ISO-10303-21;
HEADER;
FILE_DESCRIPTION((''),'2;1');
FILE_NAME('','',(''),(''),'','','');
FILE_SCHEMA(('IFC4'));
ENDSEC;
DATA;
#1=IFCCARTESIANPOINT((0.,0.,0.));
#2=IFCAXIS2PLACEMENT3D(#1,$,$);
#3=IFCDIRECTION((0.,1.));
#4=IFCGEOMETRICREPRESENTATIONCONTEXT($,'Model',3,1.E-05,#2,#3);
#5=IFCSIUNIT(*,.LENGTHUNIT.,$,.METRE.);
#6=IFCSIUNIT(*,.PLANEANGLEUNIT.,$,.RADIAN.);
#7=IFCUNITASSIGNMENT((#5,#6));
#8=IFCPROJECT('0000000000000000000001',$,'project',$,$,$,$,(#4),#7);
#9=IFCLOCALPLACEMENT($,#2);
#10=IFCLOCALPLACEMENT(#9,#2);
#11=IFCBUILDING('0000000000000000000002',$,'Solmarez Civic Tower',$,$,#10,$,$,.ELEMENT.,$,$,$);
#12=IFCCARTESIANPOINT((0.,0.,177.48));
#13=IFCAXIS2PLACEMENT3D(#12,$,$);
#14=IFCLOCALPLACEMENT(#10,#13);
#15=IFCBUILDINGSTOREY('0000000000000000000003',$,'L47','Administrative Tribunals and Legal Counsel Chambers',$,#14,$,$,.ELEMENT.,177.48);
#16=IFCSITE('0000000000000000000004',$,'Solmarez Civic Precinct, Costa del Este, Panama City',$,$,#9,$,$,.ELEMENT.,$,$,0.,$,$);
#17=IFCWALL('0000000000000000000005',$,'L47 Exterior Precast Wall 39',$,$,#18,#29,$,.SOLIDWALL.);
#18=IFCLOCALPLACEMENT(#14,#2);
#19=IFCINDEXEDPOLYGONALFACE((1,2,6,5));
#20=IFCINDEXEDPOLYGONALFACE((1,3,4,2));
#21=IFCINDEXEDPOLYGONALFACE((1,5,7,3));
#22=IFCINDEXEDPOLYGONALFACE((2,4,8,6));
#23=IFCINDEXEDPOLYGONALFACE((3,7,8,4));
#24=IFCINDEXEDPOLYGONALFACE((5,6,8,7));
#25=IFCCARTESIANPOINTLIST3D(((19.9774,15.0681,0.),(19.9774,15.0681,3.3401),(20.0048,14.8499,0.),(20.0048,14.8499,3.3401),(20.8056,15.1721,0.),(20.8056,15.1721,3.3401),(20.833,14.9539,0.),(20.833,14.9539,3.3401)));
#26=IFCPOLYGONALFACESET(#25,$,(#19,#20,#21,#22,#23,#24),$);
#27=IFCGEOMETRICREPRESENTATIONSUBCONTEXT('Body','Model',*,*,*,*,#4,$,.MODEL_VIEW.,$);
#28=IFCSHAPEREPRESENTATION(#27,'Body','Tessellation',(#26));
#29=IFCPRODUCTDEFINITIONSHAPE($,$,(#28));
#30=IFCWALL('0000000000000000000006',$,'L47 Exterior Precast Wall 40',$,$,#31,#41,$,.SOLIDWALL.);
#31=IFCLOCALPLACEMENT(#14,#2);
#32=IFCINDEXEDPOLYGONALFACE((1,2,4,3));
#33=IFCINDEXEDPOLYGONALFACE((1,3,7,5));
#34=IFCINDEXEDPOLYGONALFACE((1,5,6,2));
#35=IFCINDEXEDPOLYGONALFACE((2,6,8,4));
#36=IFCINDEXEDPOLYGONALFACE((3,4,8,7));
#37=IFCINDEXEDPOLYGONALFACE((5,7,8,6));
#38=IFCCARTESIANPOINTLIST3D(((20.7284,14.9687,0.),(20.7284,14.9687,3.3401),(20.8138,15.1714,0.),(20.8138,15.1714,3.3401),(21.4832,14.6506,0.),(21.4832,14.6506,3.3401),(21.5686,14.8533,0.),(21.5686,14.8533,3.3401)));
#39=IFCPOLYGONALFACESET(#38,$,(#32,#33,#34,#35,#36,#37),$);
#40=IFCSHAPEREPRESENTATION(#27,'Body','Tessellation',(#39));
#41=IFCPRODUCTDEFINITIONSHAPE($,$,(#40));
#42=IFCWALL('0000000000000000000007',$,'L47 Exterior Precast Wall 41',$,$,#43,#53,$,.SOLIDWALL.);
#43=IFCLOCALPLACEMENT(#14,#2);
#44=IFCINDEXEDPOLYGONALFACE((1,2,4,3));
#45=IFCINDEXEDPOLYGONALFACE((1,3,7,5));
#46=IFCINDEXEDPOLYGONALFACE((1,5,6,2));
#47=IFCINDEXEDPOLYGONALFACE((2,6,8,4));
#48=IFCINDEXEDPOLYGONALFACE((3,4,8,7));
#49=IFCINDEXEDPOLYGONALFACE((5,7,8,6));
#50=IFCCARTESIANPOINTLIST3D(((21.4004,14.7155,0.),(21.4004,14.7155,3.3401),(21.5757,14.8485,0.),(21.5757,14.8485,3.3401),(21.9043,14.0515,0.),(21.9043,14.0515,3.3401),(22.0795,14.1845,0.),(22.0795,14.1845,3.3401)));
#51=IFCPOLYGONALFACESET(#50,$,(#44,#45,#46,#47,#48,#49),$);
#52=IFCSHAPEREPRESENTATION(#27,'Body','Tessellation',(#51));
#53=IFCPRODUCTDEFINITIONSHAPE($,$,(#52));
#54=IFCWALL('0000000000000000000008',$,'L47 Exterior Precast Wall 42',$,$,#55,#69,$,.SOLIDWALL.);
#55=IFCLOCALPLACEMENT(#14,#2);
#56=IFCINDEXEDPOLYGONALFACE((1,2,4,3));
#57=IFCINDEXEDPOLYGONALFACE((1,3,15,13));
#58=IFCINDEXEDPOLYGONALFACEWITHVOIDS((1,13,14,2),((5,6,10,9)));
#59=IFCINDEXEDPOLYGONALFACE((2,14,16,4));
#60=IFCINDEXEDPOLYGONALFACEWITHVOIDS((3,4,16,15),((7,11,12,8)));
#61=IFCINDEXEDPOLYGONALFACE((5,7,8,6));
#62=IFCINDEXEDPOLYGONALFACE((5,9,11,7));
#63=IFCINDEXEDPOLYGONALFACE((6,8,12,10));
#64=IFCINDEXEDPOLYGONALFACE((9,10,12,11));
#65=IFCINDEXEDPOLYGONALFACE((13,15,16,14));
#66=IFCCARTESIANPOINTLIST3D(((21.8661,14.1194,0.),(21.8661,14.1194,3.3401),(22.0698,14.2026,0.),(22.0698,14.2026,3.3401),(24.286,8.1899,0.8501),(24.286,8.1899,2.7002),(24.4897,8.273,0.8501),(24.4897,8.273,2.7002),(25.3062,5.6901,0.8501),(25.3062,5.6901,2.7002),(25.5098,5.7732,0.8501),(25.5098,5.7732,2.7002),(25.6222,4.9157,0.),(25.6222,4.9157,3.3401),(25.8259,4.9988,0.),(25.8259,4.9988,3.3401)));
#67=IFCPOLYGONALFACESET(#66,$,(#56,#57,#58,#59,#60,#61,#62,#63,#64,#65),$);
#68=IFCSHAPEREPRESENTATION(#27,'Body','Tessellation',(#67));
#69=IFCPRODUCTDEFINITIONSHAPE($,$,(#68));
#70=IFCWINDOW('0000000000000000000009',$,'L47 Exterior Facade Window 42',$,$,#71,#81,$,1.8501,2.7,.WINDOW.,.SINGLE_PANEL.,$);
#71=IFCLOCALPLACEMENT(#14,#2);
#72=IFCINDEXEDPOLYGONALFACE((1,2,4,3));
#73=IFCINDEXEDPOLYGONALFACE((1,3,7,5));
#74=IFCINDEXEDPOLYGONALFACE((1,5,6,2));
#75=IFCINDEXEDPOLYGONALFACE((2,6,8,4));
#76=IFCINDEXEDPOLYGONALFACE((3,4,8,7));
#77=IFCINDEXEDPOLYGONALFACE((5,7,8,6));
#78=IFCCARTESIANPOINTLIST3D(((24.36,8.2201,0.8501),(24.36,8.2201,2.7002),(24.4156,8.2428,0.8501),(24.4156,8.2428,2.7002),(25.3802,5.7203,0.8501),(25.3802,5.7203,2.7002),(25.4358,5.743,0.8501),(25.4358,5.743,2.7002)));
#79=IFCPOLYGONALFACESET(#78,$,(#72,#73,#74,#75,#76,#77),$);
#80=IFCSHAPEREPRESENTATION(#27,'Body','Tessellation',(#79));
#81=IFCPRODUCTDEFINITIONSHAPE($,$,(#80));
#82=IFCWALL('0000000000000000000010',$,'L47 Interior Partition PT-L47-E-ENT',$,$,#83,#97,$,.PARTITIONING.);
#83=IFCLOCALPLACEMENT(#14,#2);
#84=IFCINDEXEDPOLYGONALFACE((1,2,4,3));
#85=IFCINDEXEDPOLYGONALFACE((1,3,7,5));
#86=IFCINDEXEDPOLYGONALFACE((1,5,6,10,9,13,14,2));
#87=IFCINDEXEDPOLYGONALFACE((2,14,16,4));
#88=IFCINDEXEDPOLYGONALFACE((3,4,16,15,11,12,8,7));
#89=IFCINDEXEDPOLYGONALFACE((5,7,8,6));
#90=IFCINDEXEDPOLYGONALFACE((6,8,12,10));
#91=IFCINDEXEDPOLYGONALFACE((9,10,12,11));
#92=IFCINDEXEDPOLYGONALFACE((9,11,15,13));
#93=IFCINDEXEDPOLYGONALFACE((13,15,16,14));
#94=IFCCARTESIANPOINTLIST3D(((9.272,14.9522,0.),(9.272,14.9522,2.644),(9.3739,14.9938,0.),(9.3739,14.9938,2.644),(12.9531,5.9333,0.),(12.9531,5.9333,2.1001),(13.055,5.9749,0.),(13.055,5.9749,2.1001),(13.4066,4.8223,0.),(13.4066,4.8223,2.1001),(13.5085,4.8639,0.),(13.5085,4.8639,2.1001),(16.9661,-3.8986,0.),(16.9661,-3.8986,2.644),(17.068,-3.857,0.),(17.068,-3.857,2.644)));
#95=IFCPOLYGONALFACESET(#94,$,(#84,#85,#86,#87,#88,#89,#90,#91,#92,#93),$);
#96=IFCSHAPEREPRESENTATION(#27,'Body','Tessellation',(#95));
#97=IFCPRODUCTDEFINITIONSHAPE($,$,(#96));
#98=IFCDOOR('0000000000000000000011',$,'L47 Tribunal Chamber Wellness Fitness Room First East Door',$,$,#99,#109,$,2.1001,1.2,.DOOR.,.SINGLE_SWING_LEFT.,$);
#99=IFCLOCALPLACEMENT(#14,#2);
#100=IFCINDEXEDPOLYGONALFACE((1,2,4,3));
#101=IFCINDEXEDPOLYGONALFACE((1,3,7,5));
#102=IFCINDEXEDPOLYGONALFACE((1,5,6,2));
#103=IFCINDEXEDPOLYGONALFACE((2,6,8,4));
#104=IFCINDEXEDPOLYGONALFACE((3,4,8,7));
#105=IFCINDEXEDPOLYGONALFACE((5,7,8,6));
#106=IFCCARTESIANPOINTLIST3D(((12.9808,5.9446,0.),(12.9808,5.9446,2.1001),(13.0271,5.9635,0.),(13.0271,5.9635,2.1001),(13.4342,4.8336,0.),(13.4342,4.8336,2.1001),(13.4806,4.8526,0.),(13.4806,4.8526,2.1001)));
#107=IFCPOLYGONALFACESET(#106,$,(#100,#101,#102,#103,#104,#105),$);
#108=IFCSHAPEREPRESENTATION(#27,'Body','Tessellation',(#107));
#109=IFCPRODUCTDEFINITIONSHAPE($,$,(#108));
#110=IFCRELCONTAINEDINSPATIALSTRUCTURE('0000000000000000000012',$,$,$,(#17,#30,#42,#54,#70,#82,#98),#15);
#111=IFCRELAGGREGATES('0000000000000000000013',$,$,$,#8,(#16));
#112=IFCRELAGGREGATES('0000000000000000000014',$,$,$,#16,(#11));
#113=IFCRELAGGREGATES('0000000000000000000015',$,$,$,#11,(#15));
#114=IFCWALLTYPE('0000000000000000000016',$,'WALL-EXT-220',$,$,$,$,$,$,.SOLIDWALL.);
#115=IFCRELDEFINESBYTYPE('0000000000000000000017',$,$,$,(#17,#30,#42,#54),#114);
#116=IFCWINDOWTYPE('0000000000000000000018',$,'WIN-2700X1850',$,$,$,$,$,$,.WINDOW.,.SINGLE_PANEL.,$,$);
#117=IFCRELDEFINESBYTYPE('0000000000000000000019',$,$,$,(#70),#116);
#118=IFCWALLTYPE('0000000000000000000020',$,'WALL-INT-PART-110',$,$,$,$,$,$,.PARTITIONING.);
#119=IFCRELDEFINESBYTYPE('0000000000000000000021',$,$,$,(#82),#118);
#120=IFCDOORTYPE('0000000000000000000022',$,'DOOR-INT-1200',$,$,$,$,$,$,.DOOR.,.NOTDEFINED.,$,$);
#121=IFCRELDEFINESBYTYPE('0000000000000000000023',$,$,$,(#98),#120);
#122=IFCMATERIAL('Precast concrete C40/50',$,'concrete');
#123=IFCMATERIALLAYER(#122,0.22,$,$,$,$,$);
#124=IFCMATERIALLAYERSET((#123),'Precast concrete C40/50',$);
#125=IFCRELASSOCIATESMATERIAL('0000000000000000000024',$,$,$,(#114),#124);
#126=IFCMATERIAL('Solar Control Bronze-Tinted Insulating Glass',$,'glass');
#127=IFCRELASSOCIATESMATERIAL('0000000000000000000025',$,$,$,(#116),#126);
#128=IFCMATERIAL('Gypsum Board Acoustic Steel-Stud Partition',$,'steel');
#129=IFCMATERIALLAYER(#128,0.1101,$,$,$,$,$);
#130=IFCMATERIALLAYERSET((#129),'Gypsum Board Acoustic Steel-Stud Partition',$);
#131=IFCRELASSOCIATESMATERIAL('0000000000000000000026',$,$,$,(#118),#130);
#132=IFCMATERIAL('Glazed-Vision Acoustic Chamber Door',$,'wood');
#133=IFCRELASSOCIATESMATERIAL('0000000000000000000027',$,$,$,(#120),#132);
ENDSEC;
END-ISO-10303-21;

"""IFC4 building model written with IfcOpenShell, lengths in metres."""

from ifc_helpers import new_model, si_unit, direction, frame, frame_2d, origin, place, context, subcontext, project, spatial, rectangle, extrude, material, layer, layer_set, type_object, element, fill, save


model = new_model("IFC4")

# Units and contexts
model_context = context("Model", 3, precision=1e-05, world=origin(), true_north=direction((0.0, 1.0)))
body_context = subcontext(model_context, "Body", "Model", "MODEL_VIEW")
ifc_project = project(units=[si_unit("LENGTHUNIT", "METRE"), si_unit("PLANEANGLEUNIT", "RADIAN")], contexts=[model_context])

# Site, building, storey
site_placement = place(None, origin())
site = spatial("IfcSite", under=ifc_project, at=site_placement, Name="Solmarez Civic Precinct, Costa del Este, Panama City", CompositionType="ELEMENT", RefElevation=0.0)
building_placement = place(site_placement, origin())
building = spatial("IfcBuilding", under=site, at=building_placement, Name="Solmarez Civic Tower", CompositionType="ELEMENT")
storey_placement = place(building_placement, frame((0.0, 0.0, 177.48)))
storey = spatial("IfcBuildingStorey", under=building, at=storey_placement, Name="L47", Description="Administrative Tribunals and Legal Counsel Chambers", CompositionType="ELEMENT", Elevation=177.48)

# Shared definitions
ifc_material_1 = material(Name="Precast concrete C40/50", Category="concrete")
ifc_layer_1 = layer(ifc_material_1, 0.22)
ifc_layer_set_1 = layer_set([ifc_layer_1], Name="Precast concrete C40/50")
wall_type_1 = type_object("IfcWallType", Name="WALL-EXT-220", PredefinedType="SOLIDWALL", material=ifc_layer_set_1)

# Walls
wall_1_placement = place(storey_placement, frame((19.991, 14.959, 0.0), z_axis=(0.0, 0.0, 1.0), x_axis=(0.992206, 0.124611, 0.0)))
element("IfcWall", 1, at=wall_1_placement, inside=storey, type_object=wall_type_1, Name="L47 Exterior Precast Wall 39", PredefinedType="SOLIDWALL", context=body_context, shape_type="SweptSolid", body=[
    extrude(rectangle(XDim=0.8347, YDim=0.22, at=frame_2d((0.4175, 0.0))), origin(), (0.0, 0.0, 1.0), 3.3401),
])
wall_2_placement = place(storey_placement, frame((20.771, 15.0701, 0.0), z_axis=(0.0, 0.0, 1.0), x_axis=(0.921518, -0.388337, 0.0)))
element("IfcWall", 2, at=wall_2_placement, inside=storey, type_object=wall_type_1, Name="L47 Exterior Precast Wall 40", PredefinedType="SOLIDWALL", context=body_context, shape_type="SweptSolid", body=[
    extrude(rectangle(XDim=0.8191, YDim=0.22, at=frame_2d((0.4097, 0.0))), origin(), (0.0, 0.0, 1.0), 3.3401),
])
wall_3_placement = place(storey_placement, frame((21.488, 14.782, 0.0), z_axis=(0.0, 0.0, 1.0), x_axis=(0.604489, -0.796613, 0.0)))
element("IfcWall", 3, at=wall_3_placement, inside=storey, type_object=wall_type_1, Name="L47 Exterior Precast Wall 41", PredefinedType="SOLIDWALL", context=body_context, shape_type="SweptSolid", body=[
    extrude(rectangle(XDim=0.8335, YDim=0.22, at=frame_2d((0.4167, 0.0))), origin(), (0.0, 0.0, 1.0), 3.3401),
])

# Wall, opening, window
wall_4_placement = place(storey_placement, frame((21.968, 14.1609, 0.0), z_axis=(0.0, 0.0, 1.0), x_axis=(0.377848, -0.925868, 0.0)))
wall_4 = element("IfcWall", 4, at=wall_4_placement, inside=storey, type_object=wall_type_1, Name="L47 Exterior Precast Wall 42", PredefinedType="SOLIDWALL", context=body_context, shape_type="SweptSolid", body=[
    extrude(rectangle(XDim=9.9407, YDim=0.22, at=frame_2d((4.9702, 0.0))), origin(), (0.0, 0.0, 1.0), 3.3401),
])
opening_1_placement = place(wall_4_placement, frame((6.4041, 0.0, 0.8501)))
opening_1 = element("IfcOpeningElement", 5, at=opening_1_placement, cuts=wall_4, PredefinedType="OPENING", context=body_context, shape_type="SweptSolid", body=[
    extrude(rectangle(XDim=2.7, YDim=1.8501, at=frame_2d((1.3501, 0.925))), frame((0.0, 0.1199, 0.0), z_axis=(0.0, -1.0, 0.0), x_axis=(1.0, 0.0, 0.0)), (0.0, 0.0, 1.0), 0.24),
])
ifc_material_2 = material(Name="Solar Control Bronze-Tinted Insulating Glass", Category="glass")
window_type = type_object("IfcWindowType", Name="WIN-2700X1850", PartitioningType="SINGLE_PANEL", PredefinedType="WINDOW", material=ifc_material_2)
window_placement = place(opening_1_placement, origin())
window = element("IfcWindow", 6, at=window_placement, inside=storey, type_object=window_type, Name="L47 Exterior Facade Window 42", OverallHeight=1.8501, OverallWidth=2.7, PartitioningType="SINGLE_PANEL", PredefinedType="WINDOW", context=body_context, shape_type="SweptSolid", body=[
    extrude(rectangle(XDim=2.7, YDim=1.8501, at=frame_2d((1.3501, 0.925))), frame((0.0, 0.03, 0.0), z_axis=(0.0, -1.0, 0.0), x_axis=(1.0, 0.0, 0.0)), (0.0, 0.0, 1.0), 0.0601),
])
fill(opening_1, window)

# Wall, opening, door
ifc_material_3 = material(Name="Gypsum Board Acoustic Steel-Stud Partition", Category="steel")
ifc_layer_2 = layer(ifc_material_3, 0.1101)
ifc_layer_set_2 = layer_set([ifc_layer_2], Name="Gypsum Board Acoustic Steel-Stud Partition")
wall_type_2 = type_object("IfcWallType", Name="WALL-INT-PART-110", PredefinedType="PARTITIONING", material=ifc_layer_set_2)
wall_5_placement = place(storey_placement, frame((9.323, 14.9729, 0.0), z_axis=(0.0, 0.0, 1.0), x_axis=(0.377892, -0.92585, 0.0)))
wall_5 = element("IfcWall", 7, at=wall_5_placement, inside=storey, type_object=wall_type_2, Name="L47 Interior Partition PT-L47-E-ENT", PredefinedType="PARTITIONING", context=body_context, shape_type="SweptSolid", body=[
    extrude(rectangle(XDim=20.3606, YDim=0.1101, at=frame_2d((10.1802, 0.0))), origin(), (0.0, 0.0, 1.0), 2.644),
])
opening_2_placement = place(wall_5_placement, frame((9.741, 0.0, 0.0)))
opening_2 = element("IfcOpeningElement", 8, at=opening_2_placement, cuts=wall_5, PredefinedType="OPENING", context=body_context, shape_type="SweptSolid", body=[
    extrude(rectangle(XDim=1.2, YDim=2.1001, at=frame_2d((0.6001, 1.05))), frame((0.0, 0.0649, 0.0), z_axis=(0.0, -1.0, 0.0), x_axis=(1.0, 0.0, 0.0)), (0.0, 0.0, 1.0), 0.1301),
])
ifc_material_4 = material(Name="Glazed-Vision Acoustic Chamber Door", Category="wood")
door_type_1 = type_object("IfcDoorType", Name="DOOR-INT-1200", OperationType="NOTDEFINED", PredefinedType="DOOR", material=ifc_material_4)
door_1_placement = place(opening_2_placement, origin())
door_1 = element("IfcDoor", 9, at=door_1_placement, inside=storey, type_object=door_type_1, Name="L47 Tribunal Chamber Wellness Fitness Room First East Door", OperationType="SINGLE_SWING_LEFT", OverallHeight=2.1001, OverallWidth=1.2, PredefinedType="DOOR", context=body_context, shape_type="SweptSolid", body=[
    extrude(rectangle(XDim=1.2, YDim=2.1001, at=frame_2d((0.6001, 1.05))), frame((0.0, 0.0249, 0.0), z_axis=(0.0, -1.0, 0.0), x_axis=(1.0, 0.0, 0.0)), (0.0, 0.0, 1.0), 0.05),
])
fill(opening_2, door_1)

save(model, "model.ifc")
